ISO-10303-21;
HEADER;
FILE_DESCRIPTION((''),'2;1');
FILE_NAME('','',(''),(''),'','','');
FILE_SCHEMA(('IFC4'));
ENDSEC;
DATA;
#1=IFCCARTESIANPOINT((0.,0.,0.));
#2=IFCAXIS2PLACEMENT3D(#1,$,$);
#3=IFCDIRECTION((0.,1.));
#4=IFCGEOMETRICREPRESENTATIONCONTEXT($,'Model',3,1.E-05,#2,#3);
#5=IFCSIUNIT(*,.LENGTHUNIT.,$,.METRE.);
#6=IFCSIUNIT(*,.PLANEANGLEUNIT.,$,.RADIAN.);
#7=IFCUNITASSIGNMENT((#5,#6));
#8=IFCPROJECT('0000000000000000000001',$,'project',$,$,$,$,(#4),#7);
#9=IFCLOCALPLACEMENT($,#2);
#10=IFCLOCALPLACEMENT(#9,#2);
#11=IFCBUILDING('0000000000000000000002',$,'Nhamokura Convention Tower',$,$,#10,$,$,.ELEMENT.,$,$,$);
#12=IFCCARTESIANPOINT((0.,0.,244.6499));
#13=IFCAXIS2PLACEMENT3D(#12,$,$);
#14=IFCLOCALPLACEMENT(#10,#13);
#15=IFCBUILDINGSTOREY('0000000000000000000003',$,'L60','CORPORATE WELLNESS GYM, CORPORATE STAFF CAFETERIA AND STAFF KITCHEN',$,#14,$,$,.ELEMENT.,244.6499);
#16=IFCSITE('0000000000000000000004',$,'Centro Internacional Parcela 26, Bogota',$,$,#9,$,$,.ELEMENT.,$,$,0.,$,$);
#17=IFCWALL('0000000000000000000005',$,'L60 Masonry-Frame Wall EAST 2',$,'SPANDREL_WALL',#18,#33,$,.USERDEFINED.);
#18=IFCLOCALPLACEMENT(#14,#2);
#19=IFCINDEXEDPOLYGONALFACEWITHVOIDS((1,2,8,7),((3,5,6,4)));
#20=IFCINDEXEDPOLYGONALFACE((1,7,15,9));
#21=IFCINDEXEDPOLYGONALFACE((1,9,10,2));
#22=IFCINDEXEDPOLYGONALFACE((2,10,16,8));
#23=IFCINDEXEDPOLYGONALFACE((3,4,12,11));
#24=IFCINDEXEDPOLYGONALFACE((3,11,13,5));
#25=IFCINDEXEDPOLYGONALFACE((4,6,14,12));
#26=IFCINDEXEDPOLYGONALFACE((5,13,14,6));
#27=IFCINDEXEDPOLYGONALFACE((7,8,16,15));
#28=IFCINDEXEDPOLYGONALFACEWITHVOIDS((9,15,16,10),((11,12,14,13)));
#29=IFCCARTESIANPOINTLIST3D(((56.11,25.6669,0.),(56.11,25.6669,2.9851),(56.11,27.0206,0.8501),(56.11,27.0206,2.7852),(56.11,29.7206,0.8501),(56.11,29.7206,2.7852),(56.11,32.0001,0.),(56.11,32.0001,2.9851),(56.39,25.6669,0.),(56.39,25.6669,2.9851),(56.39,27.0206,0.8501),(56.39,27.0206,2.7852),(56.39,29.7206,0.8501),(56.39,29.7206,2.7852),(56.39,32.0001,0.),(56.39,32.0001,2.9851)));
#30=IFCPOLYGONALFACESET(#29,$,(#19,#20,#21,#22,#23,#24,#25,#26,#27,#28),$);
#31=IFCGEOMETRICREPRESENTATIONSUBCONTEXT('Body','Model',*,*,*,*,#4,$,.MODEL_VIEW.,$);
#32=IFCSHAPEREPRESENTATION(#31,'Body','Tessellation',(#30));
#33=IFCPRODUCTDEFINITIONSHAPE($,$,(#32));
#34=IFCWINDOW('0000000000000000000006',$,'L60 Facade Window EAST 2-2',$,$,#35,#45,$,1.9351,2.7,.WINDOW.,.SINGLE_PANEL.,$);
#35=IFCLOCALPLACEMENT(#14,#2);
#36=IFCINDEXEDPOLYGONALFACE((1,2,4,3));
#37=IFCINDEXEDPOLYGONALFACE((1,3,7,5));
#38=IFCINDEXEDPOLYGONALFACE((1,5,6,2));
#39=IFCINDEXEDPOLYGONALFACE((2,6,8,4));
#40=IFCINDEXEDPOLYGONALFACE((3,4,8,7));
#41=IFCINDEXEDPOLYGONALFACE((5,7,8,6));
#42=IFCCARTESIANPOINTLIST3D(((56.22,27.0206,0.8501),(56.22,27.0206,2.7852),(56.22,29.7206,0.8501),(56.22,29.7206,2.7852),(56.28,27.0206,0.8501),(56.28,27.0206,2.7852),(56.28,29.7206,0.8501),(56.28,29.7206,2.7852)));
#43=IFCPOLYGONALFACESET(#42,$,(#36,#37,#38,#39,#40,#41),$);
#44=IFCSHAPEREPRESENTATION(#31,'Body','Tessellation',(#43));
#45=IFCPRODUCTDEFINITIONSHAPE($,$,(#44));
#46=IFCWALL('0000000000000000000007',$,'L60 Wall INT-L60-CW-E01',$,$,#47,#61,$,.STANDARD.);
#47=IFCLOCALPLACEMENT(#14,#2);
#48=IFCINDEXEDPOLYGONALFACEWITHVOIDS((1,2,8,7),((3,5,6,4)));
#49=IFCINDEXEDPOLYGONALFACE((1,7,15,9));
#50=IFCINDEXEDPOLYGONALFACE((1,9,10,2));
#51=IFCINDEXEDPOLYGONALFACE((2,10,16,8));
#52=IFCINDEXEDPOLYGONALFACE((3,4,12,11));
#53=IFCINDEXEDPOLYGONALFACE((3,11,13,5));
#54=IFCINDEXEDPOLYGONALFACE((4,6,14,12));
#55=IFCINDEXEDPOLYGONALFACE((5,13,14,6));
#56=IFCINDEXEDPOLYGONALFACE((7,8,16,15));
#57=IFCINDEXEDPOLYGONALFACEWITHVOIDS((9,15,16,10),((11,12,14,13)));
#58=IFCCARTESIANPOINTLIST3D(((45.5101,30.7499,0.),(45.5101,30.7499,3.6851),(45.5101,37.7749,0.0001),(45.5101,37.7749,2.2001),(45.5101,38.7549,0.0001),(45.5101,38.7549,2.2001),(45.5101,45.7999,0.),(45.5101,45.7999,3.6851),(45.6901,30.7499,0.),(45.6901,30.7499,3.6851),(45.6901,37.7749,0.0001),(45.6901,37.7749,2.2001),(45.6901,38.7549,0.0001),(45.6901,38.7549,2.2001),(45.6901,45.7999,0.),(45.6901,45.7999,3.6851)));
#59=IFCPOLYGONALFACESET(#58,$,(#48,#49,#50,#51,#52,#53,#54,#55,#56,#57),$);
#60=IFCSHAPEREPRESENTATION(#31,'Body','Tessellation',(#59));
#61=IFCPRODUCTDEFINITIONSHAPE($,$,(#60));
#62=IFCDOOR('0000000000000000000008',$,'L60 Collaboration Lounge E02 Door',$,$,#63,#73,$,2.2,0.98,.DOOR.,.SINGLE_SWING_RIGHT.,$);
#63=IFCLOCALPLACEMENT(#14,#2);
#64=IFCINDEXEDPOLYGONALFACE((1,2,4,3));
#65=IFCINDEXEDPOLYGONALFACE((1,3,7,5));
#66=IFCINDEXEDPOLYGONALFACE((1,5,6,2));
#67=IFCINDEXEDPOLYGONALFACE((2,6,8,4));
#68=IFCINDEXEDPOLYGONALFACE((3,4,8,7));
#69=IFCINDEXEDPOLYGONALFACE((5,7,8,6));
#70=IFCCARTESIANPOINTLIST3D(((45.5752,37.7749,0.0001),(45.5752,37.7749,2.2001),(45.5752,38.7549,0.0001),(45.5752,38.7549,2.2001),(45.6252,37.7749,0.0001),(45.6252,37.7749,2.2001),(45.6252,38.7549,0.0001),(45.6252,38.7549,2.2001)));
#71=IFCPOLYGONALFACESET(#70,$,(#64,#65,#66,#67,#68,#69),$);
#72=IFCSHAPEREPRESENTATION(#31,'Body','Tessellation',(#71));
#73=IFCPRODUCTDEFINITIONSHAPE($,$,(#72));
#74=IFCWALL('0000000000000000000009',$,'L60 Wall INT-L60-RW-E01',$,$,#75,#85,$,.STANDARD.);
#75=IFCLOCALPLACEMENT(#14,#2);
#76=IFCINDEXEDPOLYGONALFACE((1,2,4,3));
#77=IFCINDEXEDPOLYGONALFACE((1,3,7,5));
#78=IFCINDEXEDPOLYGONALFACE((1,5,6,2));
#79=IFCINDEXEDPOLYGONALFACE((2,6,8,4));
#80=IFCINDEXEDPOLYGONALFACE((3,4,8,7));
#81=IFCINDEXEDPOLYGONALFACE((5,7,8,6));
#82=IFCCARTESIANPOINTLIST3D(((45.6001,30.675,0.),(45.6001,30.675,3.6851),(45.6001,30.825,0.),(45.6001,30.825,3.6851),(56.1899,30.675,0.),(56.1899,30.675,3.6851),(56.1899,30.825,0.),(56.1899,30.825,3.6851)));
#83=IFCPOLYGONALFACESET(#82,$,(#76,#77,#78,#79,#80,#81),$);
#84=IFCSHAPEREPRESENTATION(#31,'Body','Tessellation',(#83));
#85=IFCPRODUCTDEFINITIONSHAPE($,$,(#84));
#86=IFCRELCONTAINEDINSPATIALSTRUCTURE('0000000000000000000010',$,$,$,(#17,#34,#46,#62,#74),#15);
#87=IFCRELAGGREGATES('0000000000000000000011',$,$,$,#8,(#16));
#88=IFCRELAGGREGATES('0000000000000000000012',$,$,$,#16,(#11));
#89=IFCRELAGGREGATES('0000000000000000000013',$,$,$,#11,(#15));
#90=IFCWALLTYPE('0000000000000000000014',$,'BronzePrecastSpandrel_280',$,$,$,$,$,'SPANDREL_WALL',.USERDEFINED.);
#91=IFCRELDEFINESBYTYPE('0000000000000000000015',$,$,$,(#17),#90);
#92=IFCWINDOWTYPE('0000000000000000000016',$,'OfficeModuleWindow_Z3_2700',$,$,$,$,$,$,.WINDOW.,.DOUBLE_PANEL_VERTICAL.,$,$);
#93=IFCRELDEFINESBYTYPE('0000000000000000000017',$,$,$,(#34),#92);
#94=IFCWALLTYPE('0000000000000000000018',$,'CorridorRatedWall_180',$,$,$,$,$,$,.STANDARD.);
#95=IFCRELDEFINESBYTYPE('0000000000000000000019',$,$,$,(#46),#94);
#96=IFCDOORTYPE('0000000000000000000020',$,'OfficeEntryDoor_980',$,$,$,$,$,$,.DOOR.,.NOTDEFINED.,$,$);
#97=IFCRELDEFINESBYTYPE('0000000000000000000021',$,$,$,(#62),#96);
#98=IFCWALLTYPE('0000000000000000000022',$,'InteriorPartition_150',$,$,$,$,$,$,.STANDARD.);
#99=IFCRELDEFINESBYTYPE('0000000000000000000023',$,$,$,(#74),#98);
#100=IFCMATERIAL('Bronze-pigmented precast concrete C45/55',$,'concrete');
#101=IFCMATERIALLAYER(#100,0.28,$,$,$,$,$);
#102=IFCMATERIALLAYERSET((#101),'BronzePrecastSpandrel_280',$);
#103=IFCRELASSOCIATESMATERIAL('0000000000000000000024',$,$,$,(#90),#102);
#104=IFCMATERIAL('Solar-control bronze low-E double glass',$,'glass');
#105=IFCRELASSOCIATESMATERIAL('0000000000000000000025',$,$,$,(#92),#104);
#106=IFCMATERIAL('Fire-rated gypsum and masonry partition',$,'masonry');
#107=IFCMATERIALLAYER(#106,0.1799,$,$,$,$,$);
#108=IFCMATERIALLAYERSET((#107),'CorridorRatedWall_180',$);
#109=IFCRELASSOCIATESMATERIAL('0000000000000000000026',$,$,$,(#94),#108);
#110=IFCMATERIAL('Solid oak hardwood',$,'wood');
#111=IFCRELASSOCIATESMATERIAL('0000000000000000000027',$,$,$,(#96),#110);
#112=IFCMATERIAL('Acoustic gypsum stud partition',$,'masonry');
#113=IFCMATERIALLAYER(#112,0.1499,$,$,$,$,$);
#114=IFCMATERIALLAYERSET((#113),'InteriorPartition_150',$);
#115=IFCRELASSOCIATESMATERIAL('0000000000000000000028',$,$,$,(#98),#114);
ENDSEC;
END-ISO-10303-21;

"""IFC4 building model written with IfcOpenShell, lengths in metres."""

from ifc_helpers import new_model, si_unit, direction, frame, frame_2d, origin, place, context, subcontext, project, spatial, rectangle, extrude, material, layer, layer_set, type_object, element, fill, save


model = new_model("IFC4")

# Units and contexts
model_context = context("Model", 3, precision=1e-05, world=origin(), true_north=direction((0.0, 1.0)))
body_context = subcontext(model_context, "Body", "Model", "MODEL_VIEW")
ifc_project = project(units=[si_unit("LENGTHUNIT", "METRE"), si_unit("PLANEANGLEUNIT", "RADIAN")], contexts=[model_context])

# Site, building, storey
site_placement = place(None, origin())
site = spatial("IfcSite", under=ifc_project, at=site_placement, Name="Centro Internacional Parcela 26, Bogota", CompositionType="ELEMENT", RefElevation=0.0)
building_placement = place(site_placement, origin())
building = spatial("IfcBuilding", under=site, at=building_placement, Name="Nhamokura Convention Tower", CompositionType="ELEMENT")
storey_placement = place(building_placement, frame((0.0, 0.0, 244.6499)))
storey = spatial("IfcBuildingStorey", under=building, at=storey_placement, Name="L60", Description="CORPORATE WELLNESS GYM, CORPORATE STAFF CAFETERIA AND STAFF KITCHEN", CompositionType="ELEMENT", Elevation=244.6499)

# Shared definitions
ifc_material_1 = material(Name="Bronze-pigmented precast concrete C45/55", Category="concrete")
ifc_layer_1 = layer(ifc_material_1, 0.28)
ifc_layer_set_1 = layer_set([ifc_layer_1], Name="BronzePrecastSpandrel_280")
wall_type_1 = type_object("IfcWallType", Name="BronzePrecastSpandrel_280", ElementType="SPANDREL_WALL", PredefinedType="USERDEFINED", material=ifc_layer_set_1)

# Wall, opening, window
wall_1_placement = place(storey_placement, frame((56.25, 32.0, 0.0), z_axis=(0.0, 0.0, 1.0), x_axis=(0.0, -1.0, 0.0)))
wall_1 = element("IfcWall", 1, at=wall_1_placement, inside=storey, type_object=wall_type_1, Name="L60 Masonry-Frame Wall EAST 2", ObjectType="SPANDREL_WALL", PredefinedType="USERDEFINED", context=body_context, shape_type="SweptSolid", body=[
    extrude(rectangle(XDim=6.3333, YDim=0.28, at=frame_2d((3.1665, 0.0))), origin(), (0.0, 0.0, 1.0), 2.9851),
])
opening_1_placement = place(wall_1_placement, frame((2.2793, 0.0, 0.8501)))
opening_1 = element("IfcOpeningElement", 2, at=opening_1_placement, cuts=wall_1, PredefinedType="OPENING", context=body_context, shape_type="SweptSolid", body=[
    extrude(rectangle(XDim=2.7, YDim=1.9351, at=frame_2d((1.3501, 0.9675))), frame((0.0, 0.1499, 0.0), z_axis=(0.0, -1.0, 0.0), x_axis=(1.0, 0.0, 0.0)), (0.0, 0.0, 1.0), 0.3),
])
ifc_material_2 = material(Name="Solar-control bronze low-E double glass", Category="glass")
window_type = type_object("IfcWindowType", Name="OfficeModuleWindow_Z3_2700", PartitioningType="DOUBLE_PANEL_VERTICAL", PredefinedType="WINDOW", material=ifc_material_2)
window_placement = place(opening_1_placement, origin())
window = element("IfcWindow", 3, at=window_placement, inside=storey, type_object=window_type, Name="L60 Facade Window EAST 2-2", OverallHeight=1.9351, OverallWidth=2.7, PartitioningType="SINGLE_PANEL", PredefinedType="WINDOW", context=body_context, shape_type="SweptSolid", body=[
    extrude(rectangle(XDim=2.7, YDim=1.9351, at=frame_2d((1.3501, 0.9675))), frame((0.0, 0.03, 0.0), z_axis=(0.0, -1.0, 0.0), x_axis=(1.0, 0.0, 0.0)), (0.0, 0.0, 1.0), 0.0601),
])
fill(opening_1, window)

# Wall, opening, door
ifc_material_3 = material(Name="Fire-rated gypsum and masonry partition", Category="masonry")
ifc_layer_2 = layer(ifc_material_3, 0.1799)
ifc_layer_set_2 = layer_set([ifc_layer_2], Name="CorridorRatedWall_180")
wall_type_2 = type_object("IfcWallType", Name="CorridorRatedWall_180", PredefinedType="STANDARD", material=ifc_layer_set_2)
wall_2_placement = place(storey_placement, frame((45.6001, 30.75, 0.0), z_axis=(0.0, 0.0, 1.0), x_axis=(0.0, 1.0, 0.0)))
wall_2 = element("IfcWall", 4, at=wall_2_placement, inside=storey, type_object=wall_type_2, Name="L60 Wall INT-L60-CW-E01", PredefinedType="STANDARD", context=body_context, shape_type="SweptSolid", body=[
    extrude(rectangle(XDim=15.05, YDim=0.1799, at=frame_2d((7.5249, 0.0))), origin(), (0.0, 0.0, 1.0), 3.6851),
])
opening_2_placement = place(wall_2_placement, frame((7.0249, 0.0, 0.0)))
opening_2 = element("IfcOpeningElement", 5, at=opening_2_placement, cuts=wall_2, PredefinedType="OPENING", context=body_context, shape_type="SweptSolid", body=[
    extrude(rectangle(XDim=0.98, YDim=2.2, at=frame_2d((0.49, 1.1001))), frame((0.0, 0.0999, 0.0), z_axis=(0.0, -1.0, 0.0), x_axis=(1.0, 0.0, 0.0)), (0.0, 0.0, 1.0), 0.2),
])
ifc_material_4 = material(Name="Solid oak hardwood", Category="wood")
door_type = type_object("IfcDoorType", Name="OfficeEntryDoor_980", OperationType="NOTDEFINED", PredefinedType="DOOR", material=ifc_material_4)
door_placement = place(opening_2_placement, origin())
door = element("IfcDoor", 6, at=door_placement, inside=storey, type_object=door_type, Name="L60 Collaboration Lounge E02 Door", OperationType="SINGLE_SWING_RIGHT", OverallHeight=2.2, OverallWidth=0.98, PredefinedType="DOOR", context=body_context, shape_type="SweptSolid", body=[
    extrude(rectangle(XDim=0.98, YDim=2.2, at=frame_2d((0.49, 1.1001))), frame((0.0, 0.0249, 0.0), z_axis=(0.0, -1.0, 0.0), x_axis=(1.0, 0.0, 0.0)), (0.0, 0.0, 1.0), 0.05),
])
fill(opening_2, door)

# Wall
ifc_material_5 = material(Name="Acoustic gypsum stud partition", Category="masonry")
ifc_layer_3 = layer(ifc_material_5, 0.1499)
ifc_layer_set_3 = layer_set([ifc_layer_3], Name="InteriorPartition_150")
wall_type_3 = type_object("IfcWallType", Name="InteriorPartition_150", PredefinedType="STANDARD", material=ifc_layer_set_3)
wall_3_placement = place(storey_placement, frame((45.6001, 30.75, 0.0), z_axis=(0.0, 0.0, 1.0), x_axis=(1.0, 0.0, 0.0)))
element("IfcWall", 7, at=wall_3_placement, inside=storey, type_object=wall_type_3, Name="L60 Wall INT-L60-RW-E01", PredefinedType="STANDARD", context=body_context, shape_type="SweptSolid", body=[
    extrude(rectangle(XDim=10.5898, YDim=0.1499, at=frame_2d((5.2949, 0.0))), origin(), (0.0, 0.0, 1.0), 3.6851),
])

save(model, "model.ifc")
